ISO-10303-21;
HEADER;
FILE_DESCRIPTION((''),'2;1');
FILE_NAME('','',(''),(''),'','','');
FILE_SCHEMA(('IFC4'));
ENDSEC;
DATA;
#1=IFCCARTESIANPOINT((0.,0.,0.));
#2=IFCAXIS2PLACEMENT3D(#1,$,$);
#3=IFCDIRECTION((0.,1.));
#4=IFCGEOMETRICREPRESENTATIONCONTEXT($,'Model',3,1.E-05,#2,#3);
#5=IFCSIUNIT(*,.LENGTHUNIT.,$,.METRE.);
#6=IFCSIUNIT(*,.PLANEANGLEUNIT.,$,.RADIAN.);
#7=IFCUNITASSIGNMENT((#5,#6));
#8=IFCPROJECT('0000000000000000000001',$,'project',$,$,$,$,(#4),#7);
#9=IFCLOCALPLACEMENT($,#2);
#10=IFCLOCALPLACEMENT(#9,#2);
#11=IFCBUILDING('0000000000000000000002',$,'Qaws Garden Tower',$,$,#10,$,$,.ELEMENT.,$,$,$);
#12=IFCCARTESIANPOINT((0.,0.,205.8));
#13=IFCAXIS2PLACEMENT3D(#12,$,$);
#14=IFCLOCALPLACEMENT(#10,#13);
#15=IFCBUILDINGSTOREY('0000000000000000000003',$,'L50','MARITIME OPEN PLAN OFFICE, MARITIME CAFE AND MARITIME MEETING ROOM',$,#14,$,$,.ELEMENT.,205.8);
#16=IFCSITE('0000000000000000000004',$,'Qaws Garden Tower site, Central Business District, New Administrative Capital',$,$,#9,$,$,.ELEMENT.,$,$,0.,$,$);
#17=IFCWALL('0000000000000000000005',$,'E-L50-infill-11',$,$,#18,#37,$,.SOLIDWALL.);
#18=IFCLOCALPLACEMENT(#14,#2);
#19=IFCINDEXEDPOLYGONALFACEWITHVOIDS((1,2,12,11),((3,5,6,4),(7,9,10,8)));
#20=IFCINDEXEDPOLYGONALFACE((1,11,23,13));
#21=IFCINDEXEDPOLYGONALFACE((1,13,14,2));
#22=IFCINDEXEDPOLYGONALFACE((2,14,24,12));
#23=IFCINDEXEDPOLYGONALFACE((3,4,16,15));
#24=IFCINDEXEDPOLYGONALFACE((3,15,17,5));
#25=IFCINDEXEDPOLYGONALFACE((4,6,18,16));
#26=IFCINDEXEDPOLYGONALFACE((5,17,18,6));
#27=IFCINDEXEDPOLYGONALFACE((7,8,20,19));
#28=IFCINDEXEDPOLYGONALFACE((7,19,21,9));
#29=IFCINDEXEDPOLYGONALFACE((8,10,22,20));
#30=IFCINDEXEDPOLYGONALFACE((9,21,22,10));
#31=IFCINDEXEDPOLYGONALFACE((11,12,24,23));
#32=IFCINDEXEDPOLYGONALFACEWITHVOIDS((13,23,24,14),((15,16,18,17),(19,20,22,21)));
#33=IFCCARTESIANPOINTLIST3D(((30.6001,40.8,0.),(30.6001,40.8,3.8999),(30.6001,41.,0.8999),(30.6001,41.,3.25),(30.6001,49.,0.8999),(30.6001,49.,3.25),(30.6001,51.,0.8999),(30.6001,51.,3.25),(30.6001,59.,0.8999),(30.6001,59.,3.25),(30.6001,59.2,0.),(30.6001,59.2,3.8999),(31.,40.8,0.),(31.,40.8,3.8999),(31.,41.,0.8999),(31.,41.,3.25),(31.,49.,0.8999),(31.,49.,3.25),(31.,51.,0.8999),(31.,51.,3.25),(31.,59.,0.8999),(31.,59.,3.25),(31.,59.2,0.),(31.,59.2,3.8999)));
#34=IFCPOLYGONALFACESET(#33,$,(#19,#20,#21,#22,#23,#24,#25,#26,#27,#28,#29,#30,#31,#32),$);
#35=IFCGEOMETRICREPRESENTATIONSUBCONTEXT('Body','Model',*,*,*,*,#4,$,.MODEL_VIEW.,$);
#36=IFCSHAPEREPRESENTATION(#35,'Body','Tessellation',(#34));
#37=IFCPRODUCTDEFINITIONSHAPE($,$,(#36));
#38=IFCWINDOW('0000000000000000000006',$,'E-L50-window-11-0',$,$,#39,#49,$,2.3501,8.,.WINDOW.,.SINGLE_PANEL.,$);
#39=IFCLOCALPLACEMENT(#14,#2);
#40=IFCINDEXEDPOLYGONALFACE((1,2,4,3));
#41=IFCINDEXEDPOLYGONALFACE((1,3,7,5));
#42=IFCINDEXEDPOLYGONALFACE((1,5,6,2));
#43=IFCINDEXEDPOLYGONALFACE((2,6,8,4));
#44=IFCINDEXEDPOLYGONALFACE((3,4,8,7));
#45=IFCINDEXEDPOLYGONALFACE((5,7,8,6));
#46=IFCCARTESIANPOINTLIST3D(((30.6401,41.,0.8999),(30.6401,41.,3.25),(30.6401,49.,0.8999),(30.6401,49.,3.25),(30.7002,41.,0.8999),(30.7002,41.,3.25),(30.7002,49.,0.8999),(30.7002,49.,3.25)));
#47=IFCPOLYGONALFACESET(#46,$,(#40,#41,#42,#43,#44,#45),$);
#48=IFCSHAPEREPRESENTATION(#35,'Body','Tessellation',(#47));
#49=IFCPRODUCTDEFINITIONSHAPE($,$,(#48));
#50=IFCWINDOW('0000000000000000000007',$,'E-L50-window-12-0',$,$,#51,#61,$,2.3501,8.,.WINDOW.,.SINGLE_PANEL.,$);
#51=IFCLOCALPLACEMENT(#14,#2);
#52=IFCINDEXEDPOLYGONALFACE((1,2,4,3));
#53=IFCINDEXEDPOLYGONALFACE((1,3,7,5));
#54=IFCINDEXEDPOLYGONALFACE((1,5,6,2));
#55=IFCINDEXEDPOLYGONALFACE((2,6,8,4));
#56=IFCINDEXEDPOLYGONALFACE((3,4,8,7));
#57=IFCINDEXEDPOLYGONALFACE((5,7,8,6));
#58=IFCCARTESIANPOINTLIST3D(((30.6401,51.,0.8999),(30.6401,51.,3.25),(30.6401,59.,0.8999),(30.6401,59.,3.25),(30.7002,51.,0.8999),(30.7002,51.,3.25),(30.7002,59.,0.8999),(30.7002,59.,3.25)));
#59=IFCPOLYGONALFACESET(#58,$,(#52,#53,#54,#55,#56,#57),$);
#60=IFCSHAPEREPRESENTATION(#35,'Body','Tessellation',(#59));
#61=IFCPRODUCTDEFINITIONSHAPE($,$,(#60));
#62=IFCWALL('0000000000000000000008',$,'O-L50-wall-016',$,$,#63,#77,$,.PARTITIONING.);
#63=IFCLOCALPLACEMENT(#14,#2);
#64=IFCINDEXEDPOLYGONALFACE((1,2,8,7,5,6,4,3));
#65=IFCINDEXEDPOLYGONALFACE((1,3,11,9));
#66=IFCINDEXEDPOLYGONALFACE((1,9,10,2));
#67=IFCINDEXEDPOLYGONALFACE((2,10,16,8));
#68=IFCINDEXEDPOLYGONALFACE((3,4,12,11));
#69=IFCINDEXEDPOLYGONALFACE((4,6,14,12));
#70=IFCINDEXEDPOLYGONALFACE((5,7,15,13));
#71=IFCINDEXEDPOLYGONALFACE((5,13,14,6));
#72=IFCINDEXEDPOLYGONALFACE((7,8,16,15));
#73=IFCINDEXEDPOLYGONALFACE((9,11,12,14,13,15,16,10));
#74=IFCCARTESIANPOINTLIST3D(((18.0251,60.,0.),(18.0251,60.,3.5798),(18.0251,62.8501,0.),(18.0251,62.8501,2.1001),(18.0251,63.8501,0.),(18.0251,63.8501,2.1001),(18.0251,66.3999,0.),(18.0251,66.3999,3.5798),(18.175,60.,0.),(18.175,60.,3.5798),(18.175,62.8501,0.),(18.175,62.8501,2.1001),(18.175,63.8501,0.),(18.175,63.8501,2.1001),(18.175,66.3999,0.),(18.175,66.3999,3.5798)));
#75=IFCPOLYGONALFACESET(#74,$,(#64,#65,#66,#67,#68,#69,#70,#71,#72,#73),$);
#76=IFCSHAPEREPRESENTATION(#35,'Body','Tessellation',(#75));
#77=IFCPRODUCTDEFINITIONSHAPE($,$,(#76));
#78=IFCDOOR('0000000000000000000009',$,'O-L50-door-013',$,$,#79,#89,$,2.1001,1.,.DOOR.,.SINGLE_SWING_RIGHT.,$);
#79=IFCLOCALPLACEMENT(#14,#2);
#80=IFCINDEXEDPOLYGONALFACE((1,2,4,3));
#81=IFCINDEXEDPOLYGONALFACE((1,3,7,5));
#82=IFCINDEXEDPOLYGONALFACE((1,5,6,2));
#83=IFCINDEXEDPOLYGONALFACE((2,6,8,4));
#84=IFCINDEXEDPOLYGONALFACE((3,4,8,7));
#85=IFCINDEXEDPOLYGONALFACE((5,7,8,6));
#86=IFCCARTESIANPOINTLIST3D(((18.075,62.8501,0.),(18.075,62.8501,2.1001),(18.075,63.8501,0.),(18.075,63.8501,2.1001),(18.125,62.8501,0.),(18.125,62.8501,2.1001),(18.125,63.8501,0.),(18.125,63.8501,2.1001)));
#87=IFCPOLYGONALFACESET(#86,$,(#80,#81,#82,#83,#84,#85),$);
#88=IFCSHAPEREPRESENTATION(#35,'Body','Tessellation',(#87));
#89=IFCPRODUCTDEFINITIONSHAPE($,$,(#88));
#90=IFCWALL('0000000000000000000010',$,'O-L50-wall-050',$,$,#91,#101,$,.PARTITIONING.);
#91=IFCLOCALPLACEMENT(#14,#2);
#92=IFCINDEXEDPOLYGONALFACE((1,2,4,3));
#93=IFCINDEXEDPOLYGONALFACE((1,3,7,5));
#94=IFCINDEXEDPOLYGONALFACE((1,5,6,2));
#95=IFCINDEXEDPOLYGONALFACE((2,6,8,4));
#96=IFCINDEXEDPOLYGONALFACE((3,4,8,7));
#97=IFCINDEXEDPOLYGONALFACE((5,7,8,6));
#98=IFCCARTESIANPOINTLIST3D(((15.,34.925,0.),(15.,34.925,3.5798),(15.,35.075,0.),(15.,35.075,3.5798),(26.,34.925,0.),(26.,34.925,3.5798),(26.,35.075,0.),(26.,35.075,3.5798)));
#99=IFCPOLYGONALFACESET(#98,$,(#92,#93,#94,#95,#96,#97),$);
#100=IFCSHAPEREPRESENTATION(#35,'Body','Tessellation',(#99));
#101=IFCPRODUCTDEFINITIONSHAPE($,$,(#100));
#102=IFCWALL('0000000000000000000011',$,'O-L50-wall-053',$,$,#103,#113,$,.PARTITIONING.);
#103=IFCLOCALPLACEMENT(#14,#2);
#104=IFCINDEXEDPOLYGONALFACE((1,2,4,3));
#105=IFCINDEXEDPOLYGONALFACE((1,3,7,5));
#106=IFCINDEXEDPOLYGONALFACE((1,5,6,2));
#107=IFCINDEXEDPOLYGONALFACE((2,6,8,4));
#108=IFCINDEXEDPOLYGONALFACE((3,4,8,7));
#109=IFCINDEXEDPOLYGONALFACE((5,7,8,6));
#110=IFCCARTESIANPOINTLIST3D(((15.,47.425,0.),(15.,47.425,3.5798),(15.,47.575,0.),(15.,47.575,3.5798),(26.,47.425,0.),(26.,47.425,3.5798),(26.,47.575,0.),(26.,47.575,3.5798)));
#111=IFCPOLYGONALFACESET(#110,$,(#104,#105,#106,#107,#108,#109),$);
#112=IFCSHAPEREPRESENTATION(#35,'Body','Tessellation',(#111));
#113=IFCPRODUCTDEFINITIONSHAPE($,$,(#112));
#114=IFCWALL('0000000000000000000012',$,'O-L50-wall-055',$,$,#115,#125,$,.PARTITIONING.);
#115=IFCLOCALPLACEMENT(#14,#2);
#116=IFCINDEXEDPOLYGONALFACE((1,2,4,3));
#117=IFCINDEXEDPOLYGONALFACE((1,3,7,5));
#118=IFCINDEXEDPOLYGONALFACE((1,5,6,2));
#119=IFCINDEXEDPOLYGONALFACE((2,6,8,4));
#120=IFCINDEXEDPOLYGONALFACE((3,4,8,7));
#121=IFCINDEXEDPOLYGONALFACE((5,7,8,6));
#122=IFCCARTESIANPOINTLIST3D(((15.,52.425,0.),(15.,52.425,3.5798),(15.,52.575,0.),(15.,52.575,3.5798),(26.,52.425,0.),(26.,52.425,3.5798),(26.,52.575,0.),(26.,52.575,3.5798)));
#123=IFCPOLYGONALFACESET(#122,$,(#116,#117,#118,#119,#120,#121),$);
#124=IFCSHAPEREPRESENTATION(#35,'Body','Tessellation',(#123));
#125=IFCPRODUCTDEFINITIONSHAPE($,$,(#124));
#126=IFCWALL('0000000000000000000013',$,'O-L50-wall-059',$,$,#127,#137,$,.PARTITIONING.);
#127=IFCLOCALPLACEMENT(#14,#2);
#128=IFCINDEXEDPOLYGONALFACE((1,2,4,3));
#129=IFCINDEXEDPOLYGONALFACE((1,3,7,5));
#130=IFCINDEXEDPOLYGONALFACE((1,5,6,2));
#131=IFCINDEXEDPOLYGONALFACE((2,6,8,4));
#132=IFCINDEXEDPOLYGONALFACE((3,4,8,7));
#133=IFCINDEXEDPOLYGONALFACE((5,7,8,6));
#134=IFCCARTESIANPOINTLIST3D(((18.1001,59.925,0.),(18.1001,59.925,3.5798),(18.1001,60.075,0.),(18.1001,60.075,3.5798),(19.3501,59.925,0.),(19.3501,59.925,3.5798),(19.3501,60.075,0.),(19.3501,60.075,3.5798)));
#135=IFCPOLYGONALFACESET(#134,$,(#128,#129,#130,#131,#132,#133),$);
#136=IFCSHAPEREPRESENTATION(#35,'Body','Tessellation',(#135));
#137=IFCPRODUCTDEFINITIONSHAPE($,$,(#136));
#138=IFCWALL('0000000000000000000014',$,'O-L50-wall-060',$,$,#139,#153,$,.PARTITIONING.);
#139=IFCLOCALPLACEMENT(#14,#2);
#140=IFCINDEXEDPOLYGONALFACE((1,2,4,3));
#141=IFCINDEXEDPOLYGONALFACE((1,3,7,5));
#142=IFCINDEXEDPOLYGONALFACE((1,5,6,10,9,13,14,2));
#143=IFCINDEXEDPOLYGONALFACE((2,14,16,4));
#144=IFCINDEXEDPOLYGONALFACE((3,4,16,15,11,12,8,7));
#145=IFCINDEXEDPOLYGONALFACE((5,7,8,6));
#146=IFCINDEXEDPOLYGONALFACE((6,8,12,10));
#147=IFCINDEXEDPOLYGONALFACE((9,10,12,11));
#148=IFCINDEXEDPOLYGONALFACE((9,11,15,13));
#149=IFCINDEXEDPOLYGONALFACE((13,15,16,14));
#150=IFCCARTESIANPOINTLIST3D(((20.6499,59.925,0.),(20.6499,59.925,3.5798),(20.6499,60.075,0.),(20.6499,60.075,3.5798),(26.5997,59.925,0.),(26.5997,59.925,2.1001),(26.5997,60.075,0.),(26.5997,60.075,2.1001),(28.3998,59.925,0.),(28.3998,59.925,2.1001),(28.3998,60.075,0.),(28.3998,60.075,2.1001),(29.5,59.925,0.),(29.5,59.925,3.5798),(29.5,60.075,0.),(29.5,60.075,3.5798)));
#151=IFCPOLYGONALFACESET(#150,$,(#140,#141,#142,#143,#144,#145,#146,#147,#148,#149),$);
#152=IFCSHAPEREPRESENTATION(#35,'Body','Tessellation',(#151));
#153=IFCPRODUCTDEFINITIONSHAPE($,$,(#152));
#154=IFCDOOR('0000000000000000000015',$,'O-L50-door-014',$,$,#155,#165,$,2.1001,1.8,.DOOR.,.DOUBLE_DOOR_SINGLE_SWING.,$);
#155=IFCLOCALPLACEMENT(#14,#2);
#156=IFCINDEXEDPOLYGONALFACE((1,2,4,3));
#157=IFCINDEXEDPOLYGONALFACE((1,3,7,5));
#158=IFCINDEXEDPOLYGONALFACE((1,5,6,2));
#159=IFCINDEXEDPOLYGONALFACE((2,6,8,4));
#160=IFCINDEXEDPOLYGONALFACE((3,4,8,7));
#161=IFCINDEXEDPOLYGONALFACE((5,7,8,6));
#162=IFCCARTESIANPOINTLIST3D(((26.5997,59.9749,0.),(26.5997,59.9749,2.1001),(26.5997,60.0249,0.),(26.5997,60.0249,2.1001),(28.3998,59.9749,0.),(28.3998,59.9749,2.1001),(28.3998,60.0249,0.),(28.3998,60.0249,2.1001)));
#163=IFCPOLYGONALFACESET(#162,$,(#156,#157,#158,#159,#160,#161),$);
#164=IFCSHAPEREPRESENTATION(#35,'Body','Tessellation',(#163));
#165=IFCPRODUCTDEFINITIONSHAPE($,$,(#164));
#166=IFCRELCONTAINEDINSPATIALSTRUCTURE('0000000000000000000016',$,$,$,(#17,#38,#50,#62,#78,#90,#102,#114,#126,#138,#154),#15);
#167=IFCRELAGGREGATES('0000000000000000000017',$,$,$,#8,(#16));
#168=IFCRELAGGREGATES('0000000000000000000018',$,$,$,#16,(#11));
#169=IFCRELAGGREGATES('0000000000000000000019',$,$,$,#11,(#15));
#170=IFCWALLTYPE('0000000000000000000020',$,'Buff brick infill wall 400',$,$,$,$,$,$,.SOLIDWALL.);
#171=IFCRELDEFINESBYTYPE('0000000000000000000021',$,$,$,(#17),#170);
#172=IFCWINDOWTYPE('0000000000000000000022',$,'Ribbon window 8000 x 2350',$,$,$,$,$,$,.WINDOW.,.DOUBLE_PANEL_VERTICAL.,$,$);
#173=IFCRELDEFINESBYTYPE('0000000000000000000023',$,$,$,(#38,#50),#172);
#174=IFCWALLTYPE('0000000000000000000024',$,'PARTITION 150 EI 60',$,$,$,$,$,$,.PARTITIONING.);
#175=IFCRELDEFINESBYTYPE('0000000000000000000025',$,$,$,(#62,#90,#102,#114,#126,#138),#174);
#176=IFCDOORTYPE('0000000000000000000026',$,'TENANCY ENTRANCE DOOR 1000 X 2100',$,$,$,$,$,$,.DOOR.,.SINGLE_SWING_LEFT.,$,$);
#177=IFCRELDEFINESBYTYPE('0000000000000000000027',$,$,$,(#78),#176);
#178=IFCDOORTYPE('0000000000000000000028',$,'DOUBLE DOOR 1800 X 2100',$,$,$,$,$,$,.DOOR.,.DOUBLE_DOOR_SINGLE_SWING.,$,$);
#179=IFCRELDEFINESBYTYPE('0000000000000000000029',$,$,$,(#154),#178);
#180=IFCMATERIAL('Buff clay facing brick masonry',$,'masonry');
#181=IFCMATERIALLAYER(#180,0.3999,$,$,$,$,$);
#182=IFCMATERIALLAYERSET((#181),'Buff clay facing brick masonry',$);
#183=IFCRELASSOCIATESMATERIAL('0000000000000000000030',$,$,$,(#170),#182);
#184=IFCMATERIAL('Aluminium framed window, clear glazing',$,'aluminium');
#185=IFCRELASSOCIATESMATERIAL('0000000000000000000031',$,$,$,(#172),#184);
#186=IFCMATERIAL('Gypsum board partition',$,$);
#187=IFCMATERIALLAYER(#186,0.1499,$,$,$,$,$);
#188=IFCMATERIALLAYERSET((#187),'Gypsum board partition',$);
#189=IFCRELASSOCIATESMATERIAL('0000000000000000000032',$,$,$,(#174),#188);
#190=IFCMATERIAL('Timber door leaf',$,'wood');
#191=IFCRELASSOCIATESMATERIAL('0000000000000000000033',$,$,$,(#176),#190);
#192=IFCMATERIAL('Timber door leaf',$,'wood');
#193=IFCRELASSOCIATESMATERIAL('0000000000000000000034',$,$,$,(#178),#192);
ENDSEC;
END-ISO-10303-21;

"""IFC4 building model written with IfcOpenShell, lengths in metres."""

from ifc_helpers import new_model, si_unit, direction, frame, frame_2d, origin, place, context, subcontext, project, spatial, rectangle, extrude, material, layer, layer_set, type_object, element, fill, save


model = new_model("IFC4")

# Units and contexts
model_context = context("Model", 3, precision=1e-05, world=origin(), true_north=direction((0.0, 1.0)))
body_context = subcontext(model_context, "Body", "Model", "MODEL_VIEW")
ifc_project = project(units=[si_unit("LENGTHUNIT", "METRE"), si_unit("PLANEANGLEUNIT", "RADIAN")], contexts=[model_context])

# Site, building, storey
site_placement = place(None, origin())
site = spatial("IfcSite", under=ifc_project, at=site_placement, Name="Qaws Garden Tower site, Central Business District, New Administrative Capital", CompositionType="ELEMENT", RefElevation=0.0)
building_placement = place(site_placement, origin())
building = spatial("IfcBuilding", under=site, at=building_placement, Name="Qaws Garden Tower", CompositionType="ELEMENT")
storey_placement = place(building_placement, frame((0.0, 0.0, 205.8)))
storey = spatial("IfcBuildingStorey", under=building, at=storey_placement, Name="L50", Description="MARITIME OPEN PLAN OFFICE, MARITIME CAFE AND MARITIME MEETING ROOM", CompositionType="ELEMENT", Elevation=205.8)

# Shared definitions
ifc_material_1 = material(Name="Buff clay facing brick masonry", Category="masonry")
ifc_layer_1 = layer(ifc_material_1, 0.3999)
ifc_layer_set_1 = layer_set([ifc_layer_1], Name="Buff clay facing brick masonry")
wall_type_1 = type_object("IfcWallType", Name="Buff brick infill wall 400", PredefinedType="SOLIDWALL", material=ifc_layer_set_1)

# Wall, openings, windows
wall_1_placement = place(storey_placement, frame((30.8, 40.8, 0.0), z_axis=(0.0, 0.0, 1.0), x_axis=(0.0, 1.0, 0.0)))
wall_1 = element("IfcWall", 1, at=wall_1_placement, inside=storey, type_object=wall_type_1, Name="E-L50-infill-11", PredefinedType="SOLIDWALL", context=body_context, shape_type="SweptSolid", body=[
    extrude(rectangle(XDim=18.3999, YDim=0.3999, at=frame_2d((9.2, 0.0))), origin(), (0.0, 0.0, 1.0), 3.8999),
])
opening_1_placement = place(wall_1_placement, frame((0.2, 0.0, 0.8999)))
opening_1 = element("IfcOpeningElement", 2, at=opening_1_placement, cuts=wall_1, PredefinedType="OPENING", context=body_context, shape_type="SweptSolid", body=[
    extrude(rectangle(XDim=8.0, YDim=2.3501, at=frame_2d((4.0, 1.175))), frame((0.0, 0.21, 0.0), z_axis=(0.0, -1.0, 0.0), x_axis=(1.0, 0.0, 0.0)), (0.0, 0.0, 1.0), 0.4199),
])
opening_2_placement = place(wall_1_placement, frame((10.2, 0.0, 0.8999)))
opening_2 = element("IfcOpeningElement", 3, at=opening_2_placement, cuts=wall_1, PredefinedType="OPENING", context=body_context, shape_type="SweptSolid", body=[
    extrude(rectangle(XDim=8.0, YDim=2.3501, at=frame_2d((4.0, 1.175))), frame((0.0, 0.21, 0.0), z_axis=(0.0, -1.0, 0.0), x_axis=(1.0, 0.0, 0.0)), (0.0, 0.0, 1.0), 0.4199),
])
ifc_material_2 = material(Name="Aluminium framed window, clear glazing", Category="aluminium")
window_type_1 = type_object("IfcWindowType", Name="Ribbon window 8000 x 2350", PartitioningType="DOUBLE_PANEL_VERTICAL", PredefinedType="WINDOW", material=ifc_material_2)
window_1_placement = place(opening_1_placement, origin())
window_1 = element("IfcWindow", 4, at=window_1_placement, inside=storey, type_object=window_type_1, Name="E-L50-window-11-0", OverallHeight=2.3501, OverallWidth=8.0, PartitioningType="SINGLE_PANEL", PredefinedType="WINDOW", context=body_context, shape_type="SweptSolid", body=[
    extrude(rectangle(XDim=8.0, YDim=2.3501, at=frame_2d((4.0, 1.175))), frame((0.0, 0.1599, 0.0), z_axis=(0.0, -1.0, 0.0), x_axis=(1.0, 0.0, 0.0)), (0.0, 0.0, 1.0), 0.0601),
])
fill(opening_1, window_1)
window_2_placement = place(opening_2_placement, origin())
window_2 = element("IfcWindow", 5, at=window_2_placement, inside=storey, type_object=window_type_1, Name="E-L50-window-12-0", OverallHeight=2.3501, OverallWidth=8.0, PartitioningType="SINGLE_PANEL", PredefinedType="WINDOW", context=body_context, shape_type="SweptSolid", body=[
    extrude(rectangle(XDim=8.0, YDim=2.3501, at=frame_2d((4.0, 1.175))), frame((0.0, 0.1599, 0.0), z_axis=(0.0, -1.0, 0.0), x_axis=(1.0, 0.0, 0.0)), (0.0, 0.0, 1.0), 0.0601),
])
fill(opening_2, window_2)

# Wall, opening, door
ifc_material_3 = material(Name="Gypsum board partition")
ifc_layer_2 = layer(ifc_material_3, 0.1499)
ifc_layer_set_2 = layer_set([ifc_layer_2], Name="Gypsum board partition")
wall_type_2 = type_object("IfcWallType", Name="PARTITION 150 EI 60", PredefinedType="PARTITIONING", material=ifc_layer_set_2)
wall_2_placement = place(storey_placement, frame((18.1001, 60.0, 0.0), z_axis=(0.0, 0.0, 1.0), x_axis=(0.0, 1.0, 0.0)))
wall_2 = element("IfcWall", 6, at=wall_2_placement, inside=storey, type_object=wall_type_2, Name="O-L50-wall-016", PredefinedType="PARTITIONING", context=body_context, shape_type="SweptSolid", body=[
    extrude(rectangle(XDim=6.3999, YDim=0.1499, at=frame_2d((3.2, 0.0))), origin(), (0.0, 0.0, 1.0), 3.5798),
])
opening_3_placement = place(wall_2_placement, frame((2.8501, 0.0, 0.0)))
opening_3 = element("IfcOpeningElement", 7, at=opening_3_placement, cuts=wall_2, PredefinedType="OPENING", context=body_context, shape_type="SweptSolid", body=[
    extrude(rectangle(XDim=1.0, YDim=2.1001, at=frame_2d((0.5, 1.05))), frame((0.0, 0.085, 0.0), z_axis=(0.0, -1.0, 0.0), x_axis=(1.0, 0.0, 0.0)), (0.0, 0.0, 1.0), 0.1699),
])
ifc_material_4 = material(Name="Timber door leaf", Category="wood")
door_type_1 = type_object("IfcDoorType", Name="TENANCY ENTRANCE DOOR 1000 X 2100", OperationType="SINGLE_SWING_LEFT", PredefinedType="DOOR", material=ifc_material_4)
door_1_placement = place(opening_3_placement, frame((1.0, 0.0, 0.0), z_axis=(0.0, 0.0, 1.0), x_axis=(-1.0, 0.0, 0.0)))
door_1 = element("IfcDoor", 8, at=door_1_placement, inside=storey, type_object=door_type_1, Name="O-L50-door-013", OperationType="SINGLE_SWING_RIGHT", OverallHeight=2.1001, OverallWidth=1.0, PredefinedType="DOOR", context=body_context, shape_type="SweptSolid", body=[
    extrude(rectangle(XDim=1.0, YDim=2.1001, at=frame_2d((0.5, 1.05))), frame((0.0, 0.0249, 0.0), z_axis=(0.0, -1.0, 0.0), x_axis=(1.0, 0.0, 0.0)), (0.0, 0.0, 1.0), 0.05),
])
fill(opening_3, door_1)

# Walls
for number, where, z_axis, x_axis, name in (
    (9, (15.0, 35.0, 0.0), (0.0, 0.0, 1.0), (1.0, 0.0, 0.0), "O-L50-wall-050"),
    (10, (15.0, 47.5, 0.0), (0.0, 0.0, 1.0), (1.0, 0.0, 0.0), "O-L50-wall-053"),
    (11, (15.0, 52.5, 0.0), (0.0, 0.0, 1.0), (1.0, 0.0, 0.0), "O-L50-wall-055"),
):
    element("IfcWall", number, at=place(storey_placement, frame(where, z_axis=z_axis, x_axis=x_axis)), inside=storey, type_object=wall_type_2, Name=name, PredefinedType="PARTITIONING", context=body_context, shape_type="SweptSolid", body=[
        extrude(rectangle(XDim=11.0, YDim=0.1499, at=frame_2d((5.5, 0.0))), origin(), (0.0, 0.0, 1.0), 3.5798),
    ])
wall_3_placement = place(storey_placement, frame((18.1001, 60.0, 0.0), z_axis=(0.0, 0.0, 1.0), x_axis=(1.0, 0.0, 0.0)))
element("IfcWall", 12, at=wall_3_placement, inside=storey, type_object=wall_type_2, Name="O-L50-wall-059", PredefinedType="PARTITIONING", context=body_context, shape_type="SweptSolid", body=[
    extrude(rectangle(XDim=1.25, YDim=0.1499, at=frame_2d((0.625, 0.0))), origin(), (0.0, 0.0, 1.0), 3.5798),
])

# Wall, opening, door
wall_4_placement = place(storey_placement, frame((20.6499, 60.0, 0.0), z_axis=(0.0, 0.0, 1.0), x_axis=(1.0, 0.0, 0.0)))
wall_4 = element("IfcWall", 13, at=wall_4_placement, inside=storey, type_object=wall_type_2, Name="O-L50-wall-060", PredefinedType="PARTITIONING", context=body_context, shape_type="SweptSolid", body=[
    extrude(rectangle(XDim=8.8501, YDim=0.1499, at=frame_2d((4.425, 0.0))), origin(), (0.0, 0.0, 1.0), 3.5798),
])
opening_4_placement = place(wall_4_placement, frame((5.95, 0.0, 0.0)))
opening_4 = element("IfcOpeningElement", 14, at=opening_4_placement, cuts=wall_4, PredefinedType="OPENING", context=body_context, shape_type="SweptSolid", body=[
    extrude(rectangle(XDim=1.8, YDim=2.1001, at=frame_2d((0.8999, 1.05))), frame((0.0, 0.085, 0.0), z_axis=(0.0, -1.0, 0.0), x_axis=(1.0, 0.0, 0.0)), (0.0, 0.0, 1.0), 0.1699),
])
ifc_material_5 = material(Name="Timber door leaf", Category="wood")
door_type_2 = type_object("IfcDoorType", Name="DOUBLE DOOR 1800 X 2100", OperationType="DOUBLE_DOOR_SINGLE_SWING", PredefinedType="DOOR", material=ifc_material_5)
door_2_placement = place(opening_4_placement, origin())
door_2 = element("IfcDoor", 15, at=door_2_placement, inside=storey, type_object=door_type_2, Name="O-L50-door-014", OperationType="DOUBLE_DOOR_SINGLE_SWING", OverallHeight=2.1001, OverallWidth=1.8, PredefinedType="DOOR", context=body_context, shape_type="SweptSolid", body=[
    extrude(rectangle(XDim=1.8, YDim=2.1001, at=frame_2d((0.8999, 1.05))), frame((0.0, 0.0249, 0.0), z_axis=(0.0, -1.0, 0.0), x_axis=(1.0, 0.0, 0.0)), (0.0, 0.0, 1.0), 0.05),
])
fill(opening_4, door_2)

save(model, "model.ifc")
